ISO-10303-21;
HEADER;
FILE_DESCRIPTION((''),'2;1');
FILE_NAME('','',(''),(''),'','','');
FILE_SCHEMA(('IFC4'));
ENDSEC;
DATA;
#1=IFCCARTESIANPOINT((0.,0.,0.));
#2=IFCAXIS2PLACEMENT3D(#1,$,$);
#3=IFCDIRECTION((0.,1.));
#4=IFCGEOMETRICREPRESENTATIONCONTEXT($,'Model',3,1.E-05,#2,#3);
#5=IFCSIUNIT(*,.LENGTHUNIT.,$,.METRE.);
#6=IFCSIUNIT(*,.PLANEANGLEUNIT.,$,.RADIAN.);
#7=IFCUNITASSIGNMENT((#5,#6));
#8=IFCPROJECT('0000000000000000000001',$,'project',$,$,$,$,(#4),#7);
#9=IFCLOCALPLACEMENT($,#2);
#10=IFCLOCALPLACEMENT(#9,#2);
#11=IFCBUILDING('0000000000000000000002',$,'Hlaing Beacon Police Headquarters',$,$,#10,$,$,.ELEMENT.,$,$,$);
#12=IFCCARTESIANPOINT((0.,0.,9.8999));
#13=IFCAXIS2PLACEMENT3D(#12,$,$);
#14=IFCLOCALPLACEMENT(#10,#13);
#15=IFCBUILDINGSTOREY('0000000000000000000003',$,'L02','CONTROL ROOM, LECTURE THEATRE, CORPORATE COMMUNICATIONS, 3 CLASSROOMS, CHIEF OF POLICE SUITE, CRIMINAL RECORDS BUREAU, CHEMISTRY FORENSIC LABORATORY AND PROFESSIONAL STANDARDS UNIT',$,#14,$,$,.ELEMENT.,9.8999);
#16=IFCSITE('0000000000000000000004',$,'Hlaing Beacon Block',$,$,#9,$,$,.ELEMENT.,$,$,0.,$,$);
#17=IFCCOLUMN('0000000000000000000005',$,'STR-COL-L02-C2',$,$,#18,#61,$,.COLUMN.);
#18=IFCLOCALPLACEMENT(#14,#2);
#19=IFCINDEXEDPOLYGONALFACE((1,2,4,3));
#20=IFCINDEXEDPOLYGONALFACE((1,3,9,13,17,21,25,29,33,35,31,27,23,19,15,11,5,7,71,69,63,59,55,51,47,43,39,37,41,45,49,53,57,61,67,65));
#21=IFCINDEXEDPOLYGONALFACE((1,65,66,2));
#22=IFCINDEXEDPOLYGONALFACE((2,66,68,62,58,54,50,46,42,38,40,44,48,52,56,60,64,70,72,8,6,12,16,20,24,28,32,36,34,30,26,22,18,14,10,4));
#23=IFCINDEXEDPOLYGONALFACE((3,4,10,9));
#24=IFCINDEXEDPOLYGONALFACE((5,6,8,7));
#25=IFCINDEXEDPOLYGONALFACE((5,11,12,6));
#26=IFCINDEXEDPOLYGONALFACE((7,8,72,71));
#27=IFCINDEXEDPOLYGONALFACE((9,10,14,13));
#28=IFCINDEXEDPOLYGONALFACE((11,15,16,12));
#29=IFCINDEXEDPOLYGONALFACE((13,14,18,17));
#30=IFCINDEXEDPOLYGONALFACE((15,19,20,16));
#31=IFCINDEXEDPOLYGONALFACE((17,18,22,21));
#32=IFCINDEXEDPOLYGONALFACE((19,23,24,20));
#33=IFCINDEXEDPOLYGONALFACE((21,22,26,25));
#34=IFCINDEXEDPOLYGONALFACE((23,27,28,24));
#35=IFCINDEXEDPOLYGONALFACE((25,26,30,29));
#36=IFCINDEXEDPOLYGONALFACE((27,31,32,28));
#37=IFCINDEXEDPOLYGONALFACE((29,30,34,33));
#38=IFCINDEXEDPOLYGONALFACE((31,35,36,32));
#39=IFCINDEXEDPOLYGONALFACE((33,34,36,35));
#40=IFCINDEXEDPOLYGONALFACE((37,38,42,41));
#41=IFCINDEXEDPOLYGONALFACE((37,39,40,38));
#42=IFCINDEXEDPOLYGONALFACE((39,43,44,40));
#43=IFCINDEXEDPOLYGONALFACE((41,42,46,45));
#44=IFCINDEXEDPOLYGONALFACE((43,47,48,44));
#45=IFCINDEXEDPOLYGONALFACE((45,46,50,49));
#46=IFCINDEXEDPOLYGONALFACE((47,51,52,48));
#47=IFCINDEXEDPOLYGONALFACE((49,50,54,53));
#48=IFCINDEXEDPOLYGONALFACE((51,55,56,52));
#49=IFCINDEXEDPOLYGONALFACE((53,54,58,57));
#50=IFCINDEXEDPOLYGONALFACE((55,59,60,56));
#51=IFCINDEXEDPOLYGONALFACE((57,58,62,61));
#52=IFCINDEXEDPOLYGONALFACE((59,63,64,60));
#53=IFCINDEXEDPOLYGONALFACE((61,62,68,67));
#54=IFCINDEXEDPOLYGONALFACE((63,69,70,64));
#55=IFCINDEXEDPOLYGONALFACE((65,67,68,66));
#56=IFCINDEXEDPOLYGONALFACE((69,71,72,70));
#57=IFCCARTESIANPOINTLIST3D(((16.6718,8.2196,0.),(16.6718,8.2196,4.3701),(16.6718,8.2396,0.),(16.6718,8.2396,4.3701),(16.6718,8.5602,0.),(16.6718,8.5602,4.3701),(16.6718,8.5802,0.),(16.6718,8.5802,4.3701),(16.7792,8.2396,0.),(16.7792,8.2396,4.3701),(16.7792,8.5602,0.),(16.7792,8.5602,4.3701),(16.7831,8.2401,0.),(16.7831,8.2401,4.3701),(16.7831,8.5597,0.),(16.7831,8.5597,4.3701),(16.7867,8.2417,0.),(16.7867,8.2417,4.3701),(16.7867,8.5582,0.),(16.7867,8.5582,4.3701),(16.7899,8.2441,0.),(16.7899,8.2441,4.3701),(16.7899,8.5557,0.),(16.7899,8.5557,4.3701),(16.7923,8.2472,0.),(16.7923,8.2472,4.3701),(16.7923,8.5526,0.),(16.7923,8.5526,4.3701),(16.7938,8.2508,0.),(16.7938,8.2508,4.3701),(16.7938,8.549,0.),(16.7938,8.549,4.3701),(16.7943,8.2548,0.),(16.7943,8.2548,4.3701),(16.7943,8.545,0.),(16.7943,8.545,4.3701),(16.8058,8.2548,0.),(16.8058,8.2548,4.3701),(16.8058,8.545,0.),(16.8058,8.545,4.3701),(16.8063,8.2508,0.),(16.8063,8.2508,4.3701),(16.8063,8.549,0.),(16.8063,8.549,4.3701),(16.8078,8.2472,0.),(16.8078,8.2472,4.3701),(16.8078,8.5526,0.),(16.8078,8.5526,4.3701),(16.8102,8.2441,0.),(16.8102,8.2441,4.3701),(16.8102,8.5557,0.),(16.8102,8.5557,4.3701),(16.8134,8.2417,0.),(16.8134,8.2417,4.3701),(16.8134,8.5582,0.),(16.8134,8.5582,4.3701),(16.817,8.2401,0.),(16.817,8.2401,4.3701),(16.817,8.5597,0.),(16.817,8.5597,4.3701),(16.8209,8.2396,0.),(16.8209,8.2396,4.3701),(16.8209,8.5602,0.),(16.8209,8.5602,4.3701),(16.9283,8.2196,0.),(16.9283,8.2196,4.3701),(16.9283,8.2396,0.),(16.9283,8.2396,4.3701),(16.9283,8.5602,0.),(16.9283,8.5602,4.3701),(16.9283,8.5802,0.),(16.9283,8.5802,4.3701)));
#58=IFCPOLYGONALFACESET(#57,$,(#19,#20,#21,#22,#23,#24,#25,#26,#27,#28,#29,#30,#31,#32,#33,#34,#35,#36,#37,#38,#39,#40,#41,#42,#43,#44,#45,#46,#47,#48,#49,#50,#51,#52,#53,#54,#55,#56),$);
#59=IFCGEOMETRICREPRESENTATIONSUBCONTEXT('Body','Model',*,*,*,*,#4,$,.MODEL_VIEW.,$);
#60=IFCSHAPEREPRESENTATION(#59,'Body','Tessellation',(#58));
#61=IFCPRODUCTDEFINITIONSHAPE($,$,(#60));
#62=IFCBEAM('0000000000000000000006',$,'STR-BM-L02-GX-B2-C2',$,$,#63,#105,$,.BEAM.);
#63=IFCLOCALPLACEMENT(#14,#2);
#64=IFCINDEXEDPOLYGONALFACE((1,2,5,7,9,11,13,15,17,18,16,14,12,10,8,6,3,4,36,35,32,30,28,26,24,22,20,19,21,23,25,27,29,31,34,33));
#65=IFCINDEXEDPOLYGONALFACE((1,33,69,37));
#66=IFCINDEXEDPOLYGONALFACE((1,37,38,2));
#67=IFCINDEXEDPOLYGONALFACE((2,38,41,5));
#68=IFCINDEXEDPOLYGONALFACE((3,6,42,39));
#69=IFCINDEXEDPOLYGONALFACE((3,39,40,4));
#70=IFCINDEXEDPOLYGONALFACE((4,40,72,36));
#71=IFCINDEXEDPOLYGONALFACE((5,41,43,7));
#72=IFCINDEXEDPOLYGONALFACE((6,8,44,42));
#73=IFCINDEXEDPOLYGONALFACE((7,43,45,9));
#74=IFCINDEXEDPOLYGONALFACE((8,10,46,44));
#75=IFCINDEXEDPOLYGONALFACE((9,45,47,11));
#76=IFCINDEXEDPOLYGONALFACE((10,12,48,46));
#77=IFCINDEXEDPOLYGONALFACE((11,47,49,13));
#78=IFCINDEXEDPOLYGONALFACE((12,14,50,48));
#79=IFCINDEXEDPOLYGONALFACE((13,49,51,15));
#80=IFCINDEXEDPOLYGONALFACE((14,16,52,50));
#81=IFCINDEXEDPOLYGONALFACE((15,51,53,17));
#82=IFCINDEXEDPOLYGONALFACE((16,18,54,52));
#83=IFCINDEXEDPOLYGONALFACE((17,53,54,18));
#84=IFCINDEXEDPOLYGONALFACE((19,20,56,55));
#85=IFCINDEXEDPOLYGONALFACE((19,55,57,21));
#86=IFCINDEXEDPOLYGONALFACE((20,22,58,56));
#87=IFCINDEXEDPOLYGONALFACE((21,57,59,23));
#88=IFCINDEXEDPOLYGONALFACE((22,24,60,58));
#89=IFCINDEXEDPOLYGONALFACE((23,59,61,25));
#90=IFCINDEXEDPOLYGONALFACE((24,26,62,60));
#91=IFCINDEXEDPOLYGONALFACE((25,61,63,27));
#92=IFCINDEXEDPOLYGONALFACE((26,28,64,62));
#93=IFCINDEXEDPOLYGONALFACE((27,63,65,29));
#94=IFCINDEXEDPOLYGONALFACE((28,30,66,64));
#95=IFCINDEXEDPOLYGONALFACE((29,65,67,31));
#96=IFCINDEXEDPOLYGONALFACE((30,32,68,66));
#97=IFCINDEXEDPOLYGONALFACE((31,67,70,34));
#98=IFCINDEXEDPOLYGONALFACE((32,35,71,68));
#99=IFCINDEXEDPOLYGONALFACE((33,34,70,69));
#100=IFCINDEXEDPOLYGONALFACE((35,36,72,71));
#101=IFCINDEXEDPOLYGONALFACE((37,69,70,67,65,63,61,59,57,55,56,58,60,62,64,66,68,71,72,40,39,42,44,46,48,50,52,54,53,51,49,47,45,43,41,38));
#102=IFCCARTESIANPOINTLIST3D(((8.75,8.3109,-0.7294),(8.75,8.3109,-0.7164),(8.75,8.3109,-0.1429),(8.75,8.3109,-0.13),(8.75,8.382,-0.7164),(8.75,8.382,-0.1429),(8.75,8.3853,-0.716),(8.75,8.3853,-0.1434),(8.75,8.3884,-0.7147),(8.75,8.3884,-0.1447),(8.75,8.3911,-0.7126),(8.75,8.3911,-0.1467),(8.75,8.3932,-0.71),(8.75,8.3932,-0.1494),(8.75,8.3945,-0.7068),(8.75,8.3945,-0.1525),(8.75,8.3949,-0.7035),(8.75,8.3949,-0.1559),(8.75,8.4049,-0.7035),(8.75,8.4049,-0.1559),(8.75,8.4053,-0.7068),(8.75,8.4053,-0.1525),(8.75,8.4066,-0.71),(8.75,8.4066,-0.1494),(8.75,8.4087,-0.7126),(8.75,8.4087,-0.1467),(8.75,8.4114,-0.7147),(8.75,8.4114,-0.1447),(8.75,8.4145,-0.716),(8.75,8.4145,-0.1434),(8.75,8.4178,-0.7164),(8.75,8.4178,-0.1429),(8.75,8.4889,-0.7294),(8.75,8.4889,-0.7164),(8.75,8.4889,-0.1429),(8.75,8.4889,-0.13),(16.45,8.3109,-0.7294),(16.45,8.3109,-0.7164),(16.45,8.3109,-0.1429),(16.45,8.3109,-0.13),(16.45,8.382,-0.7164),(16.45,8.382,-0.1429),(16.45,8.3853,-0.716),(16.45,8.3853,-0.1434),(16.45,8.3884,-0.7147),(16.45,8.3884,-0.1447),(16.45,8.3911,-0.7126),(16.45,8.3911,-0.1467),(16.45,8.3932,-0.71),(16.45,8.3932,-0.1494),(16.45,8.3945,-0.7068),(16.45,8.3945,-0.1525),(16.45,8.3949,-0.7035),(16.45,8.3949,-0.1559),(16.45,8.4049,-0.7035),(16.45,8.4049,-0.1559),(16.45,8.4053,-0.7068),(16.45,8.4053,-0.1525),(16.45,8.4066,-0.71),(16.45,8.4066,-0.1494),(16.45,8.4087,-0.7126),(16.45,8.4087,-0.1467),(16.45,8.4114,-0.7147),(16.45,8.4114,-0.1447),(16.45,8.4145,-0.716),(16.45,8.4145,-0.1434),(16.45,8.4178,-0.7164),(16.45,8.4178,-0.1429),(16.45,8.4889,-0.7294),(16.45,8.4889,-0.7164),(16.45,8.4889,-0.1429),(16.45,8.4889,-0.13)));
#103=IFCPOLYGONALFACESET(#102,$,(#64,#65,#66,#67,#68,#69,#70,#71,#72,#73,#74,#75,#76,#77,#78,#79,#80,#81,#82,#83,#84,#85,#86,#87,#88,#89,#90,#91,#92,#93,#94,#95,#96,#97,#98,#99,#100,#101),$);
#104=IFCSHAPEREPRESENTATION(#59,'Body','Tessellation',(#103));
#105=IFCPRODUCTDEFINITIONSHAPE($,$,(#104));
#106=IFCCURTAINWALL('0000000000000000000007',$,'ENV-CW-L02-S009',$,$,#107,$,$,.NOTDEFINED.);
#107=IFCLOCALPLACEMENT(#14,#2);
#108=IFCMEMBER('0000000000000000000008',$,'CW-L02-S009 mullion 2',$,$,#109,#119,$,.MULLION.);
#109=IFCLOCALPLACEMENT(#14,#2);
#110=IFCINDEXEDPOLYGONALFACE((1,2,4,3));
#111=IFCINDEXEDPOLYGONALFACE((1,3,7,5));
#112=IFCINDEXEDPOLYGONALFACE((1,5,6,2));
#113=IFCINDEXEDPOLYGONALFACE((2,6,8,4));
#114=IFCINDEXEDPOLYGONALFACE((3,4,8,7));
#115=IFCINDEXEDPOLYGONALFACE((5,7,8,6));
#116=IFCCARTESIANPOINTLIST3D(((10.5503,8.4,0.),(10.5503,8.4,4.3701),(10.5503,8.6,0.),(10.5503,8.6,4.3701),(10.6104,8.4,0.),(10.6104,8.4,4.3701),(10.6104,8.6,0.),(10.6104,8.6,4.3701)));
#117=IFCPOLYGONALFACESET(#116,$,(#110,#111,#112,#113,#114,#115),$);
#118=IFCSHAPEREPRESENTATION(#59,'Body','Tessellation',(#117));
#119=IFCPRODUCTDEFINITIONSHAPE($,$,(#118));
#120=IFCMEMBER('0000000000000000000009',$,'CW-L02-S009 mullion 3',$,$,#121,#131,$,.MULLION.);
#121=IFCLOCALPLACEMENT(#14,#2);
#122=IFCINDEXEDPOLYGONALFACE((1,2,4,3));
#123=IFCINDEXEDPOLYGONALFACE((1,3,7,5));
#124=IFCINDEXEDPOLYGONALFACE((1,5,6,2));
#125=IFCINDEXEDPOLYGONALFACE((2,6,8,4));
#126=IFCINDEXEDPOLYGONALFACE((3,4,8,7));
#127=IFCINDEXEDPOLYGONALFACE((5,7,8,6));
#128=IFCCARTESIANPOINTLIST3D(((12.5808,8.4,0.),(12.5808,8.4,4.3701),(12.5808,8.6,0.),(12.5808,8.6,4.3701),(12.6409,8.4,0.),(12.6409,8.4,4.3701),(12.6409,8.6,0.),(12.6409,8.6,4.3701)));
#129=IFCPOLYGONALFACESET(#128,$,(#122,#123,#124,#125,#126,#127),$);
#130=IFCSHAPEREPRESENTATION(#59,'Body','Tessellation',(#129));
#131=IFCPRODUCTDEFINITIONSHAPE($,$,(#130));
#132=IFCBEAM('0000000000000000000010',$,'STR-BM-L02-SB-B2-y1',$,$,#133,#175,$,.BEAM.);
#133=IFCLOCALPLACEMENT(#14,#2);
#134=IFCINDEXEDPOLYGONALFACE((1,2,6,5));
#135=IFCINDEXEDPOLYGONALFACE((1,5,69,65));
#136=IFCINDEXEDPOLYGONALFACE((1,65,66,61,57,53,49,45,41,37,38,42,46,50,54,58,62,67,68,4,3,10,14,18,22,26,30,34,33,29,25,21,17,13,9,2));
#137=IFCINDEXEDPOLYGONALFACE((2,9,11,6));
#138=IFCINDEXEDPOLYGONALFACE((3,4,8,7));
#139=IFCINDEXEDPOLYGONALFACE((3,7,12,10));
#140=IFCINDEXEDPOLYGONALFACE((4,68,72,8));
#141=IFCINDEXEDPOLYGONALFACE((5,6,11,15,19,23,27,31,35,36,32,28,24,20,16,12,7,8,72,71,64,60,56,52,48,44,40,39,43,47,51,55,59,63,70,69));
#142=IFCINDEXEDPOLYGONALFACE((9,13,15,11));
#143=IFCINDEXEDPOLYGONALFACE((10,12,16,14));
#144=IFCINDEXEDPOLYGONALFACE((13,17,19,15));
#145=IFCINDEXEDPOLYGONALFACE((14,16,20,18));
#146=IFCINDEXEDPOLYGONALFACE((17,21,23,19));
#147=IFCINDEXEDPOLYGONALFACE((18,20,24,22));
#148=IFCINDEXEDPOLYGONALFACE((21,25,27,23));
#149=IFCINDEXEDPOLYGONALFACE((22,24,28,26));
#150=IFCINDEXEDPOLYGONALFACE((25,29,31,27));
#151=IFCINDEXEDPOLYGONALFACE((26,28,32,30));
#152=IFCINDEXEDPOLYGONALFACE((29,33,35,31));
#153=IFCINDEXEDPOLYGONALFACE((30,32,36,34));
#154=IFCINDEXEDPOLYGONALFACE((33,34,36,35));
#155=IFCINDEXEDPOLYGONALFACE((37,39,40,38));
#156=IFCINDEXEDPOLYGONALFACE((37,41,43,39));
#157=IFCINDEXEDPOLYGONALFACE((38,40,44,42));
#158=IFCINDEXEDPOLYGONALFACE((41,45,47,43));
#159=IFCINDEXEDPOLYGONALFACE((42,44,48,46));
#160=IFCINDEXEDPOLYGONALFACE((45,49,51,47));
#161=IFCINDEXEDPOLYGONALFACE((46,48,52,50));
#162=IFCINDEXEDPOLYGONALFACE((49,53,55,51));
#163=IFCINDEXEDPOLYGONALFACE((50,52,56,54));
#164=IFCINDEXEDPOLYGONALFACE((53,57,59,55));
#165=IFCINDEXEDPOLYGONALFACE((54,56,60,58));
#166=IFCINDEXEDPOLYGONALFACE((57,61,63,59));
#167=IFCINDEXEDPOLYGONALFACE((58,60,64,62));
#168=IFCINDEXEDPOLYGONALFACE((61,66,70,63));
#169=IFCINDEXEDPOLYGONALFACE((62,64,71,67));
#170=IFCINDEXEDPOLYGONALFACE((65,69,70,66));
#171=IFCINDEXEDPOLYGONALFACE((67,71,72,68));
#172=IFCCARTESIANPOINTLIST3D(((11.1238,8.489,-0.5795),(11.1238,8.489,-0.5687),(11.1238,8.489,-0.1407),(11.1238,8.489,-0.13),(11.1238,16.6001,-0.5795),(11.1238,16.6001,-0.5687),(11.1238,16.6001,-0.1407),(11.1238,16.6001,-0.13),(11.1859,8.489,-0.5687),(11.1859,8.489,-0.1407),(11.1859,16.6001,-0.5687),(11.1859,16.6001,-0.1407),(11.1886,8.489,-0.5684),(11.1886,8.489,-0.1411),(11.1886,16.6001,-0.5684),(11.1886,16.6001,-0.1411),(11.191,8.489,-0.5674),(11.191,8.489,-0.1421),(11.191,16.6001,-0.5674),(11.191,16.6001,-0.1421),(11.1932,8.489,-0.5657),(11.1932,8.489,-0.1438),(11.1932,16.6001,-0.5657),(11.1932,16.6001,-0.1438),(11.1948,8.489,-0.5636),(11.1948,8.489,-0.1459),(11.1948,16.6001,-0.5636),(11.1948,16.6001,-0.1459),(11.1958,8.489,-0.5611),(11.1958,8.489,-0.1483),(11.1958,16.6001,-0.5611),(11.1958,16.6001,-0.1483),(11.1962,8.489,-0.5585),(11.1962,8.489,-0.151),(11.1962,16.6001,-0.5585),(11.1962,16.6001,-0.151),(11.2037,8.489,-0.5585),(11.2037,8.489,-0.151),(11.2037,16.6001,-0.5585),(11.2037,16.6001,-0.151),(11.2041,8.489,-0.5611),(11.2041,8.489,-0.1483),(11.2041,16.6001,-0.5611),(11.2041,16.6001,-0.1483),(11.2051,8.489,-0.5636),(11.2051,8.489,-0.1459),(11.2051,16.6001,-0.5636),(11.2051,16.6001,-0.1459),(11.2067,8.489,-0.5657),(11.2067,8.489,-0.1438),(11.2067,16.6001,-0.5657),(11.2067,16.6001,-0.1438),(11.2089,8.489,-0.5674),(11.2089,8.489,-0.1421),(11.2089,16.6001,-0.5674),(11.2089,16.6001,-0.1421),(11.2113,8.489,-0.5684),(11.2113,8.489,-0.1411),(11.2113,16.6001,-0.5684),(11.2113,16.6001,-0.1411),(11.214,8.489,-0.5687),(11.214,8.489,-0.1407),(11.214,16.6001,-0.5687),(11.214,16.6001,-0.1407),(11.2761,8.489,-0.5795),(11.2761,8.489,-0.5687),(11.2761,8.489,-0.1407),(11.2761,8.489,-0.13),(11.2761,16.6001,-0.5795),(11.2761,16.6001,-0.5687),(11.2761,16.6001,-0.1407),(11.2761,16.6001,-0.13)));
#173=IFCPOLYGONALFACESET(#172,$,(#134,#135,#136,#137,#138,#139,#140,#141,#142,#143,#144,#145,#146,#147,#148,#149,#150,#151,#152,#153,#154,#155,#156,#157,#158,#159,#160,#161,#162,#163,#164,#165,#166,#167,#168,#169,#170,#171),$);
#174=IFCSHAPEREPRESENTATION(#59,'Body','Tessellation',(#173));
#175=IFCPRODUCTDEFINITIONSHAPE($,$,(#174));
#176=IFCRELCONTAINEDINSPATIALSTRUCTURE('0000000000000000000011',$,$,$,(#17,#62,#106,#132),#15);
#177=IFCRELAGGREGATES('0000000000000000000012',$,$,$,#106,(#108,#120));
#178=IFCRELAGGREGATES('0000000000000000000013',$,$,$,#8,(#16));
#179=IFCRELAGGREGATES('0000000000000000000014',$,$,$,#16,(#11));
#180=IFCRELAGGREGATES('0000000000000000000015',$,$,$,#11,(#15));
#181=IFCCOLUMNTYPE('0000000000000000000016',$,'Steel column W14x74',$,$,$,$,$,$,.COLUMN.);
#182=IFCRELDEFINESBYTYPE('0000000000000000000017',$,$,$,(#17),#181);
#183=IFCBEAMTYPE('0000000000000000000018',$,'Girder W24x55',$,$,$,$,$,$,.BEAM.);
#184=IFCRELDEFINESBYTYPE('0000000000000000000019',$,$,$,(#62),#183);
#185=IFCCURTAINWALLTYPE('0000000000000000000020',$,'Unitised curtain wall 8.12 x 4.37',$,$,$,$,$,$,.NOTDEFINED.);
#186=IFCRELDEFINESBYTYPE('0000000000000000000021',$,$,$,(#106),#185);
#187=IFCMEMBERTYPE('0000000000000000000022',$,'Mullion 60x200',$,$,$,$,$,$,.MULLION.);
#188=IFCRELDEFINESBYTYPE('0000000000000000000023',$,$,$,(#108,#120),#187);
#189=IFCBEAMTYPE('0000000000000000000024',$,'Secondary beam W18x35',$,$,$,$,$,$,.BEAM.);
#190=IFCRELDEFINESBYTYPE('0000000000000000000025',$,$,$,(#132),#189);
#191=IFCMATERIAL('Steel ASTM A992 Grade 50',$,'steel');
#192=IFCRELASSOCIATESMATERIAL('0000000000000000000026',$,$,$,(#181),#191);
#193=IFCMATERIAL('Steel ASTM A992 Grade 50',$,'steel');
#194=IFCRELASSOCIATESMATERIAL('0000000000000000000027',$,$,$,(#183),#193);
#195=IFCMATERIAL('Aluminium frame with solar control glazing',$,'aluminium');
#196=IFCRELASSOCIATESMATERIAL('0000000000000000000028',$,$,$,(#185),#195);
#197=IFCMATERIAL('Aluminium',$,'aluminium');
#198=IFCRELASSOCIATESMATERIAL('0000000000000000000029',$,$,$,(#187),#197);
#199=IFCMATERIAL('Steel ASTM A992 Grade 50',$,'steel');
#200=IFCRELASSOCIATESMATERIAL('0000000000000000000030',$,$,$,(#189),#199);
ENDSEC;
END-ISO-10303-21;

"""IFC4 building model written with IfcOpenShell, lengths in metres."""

from ifc_helpers import new_model, si_unit, direction, frame, origin, origin_2d, place, context, subcontext, project, spatial, rectangle, i_section, extrude, material, material_profile, profile_set, type_object, element, aggregate, save


model = new_model("IFC4")

# Units and contexts
model_context = context("Model", 3, precision=1e-05, world=origin(), true_north=direction((0.0, 1.0)))
body_context = subcontext(model_context, "Body", "Model", "MODEL_VIEW")
ifc_project = project(units=[si_unit("LENGTHUNIT", "METRE"), si_unit("PLANEANGLEUNIT", "RADIAN")], contexts=[model_context])

# Site, building, storey
site_placement = place(None, origin())
site = spatial("IfcSite", under=ifc_project, at=site_placement, Name="Hlaing Beacon Block", CompositionType="ELEMENT", RefElevation=0.0)
building_placement = place(site_placement, origin())
building = spatial("IfcBuilding", under=site, at=building_placement, Name="Hlaing Beacon Police Headquarters", CompositionType="ELEMENT")
storey_placement = place(building_placement, frame((0.0, 0.0, 9.8999)))
storey = spatial("IfcBuildingStorey", under=building, at=storey_placement, Name="L02", Description="CONTROL ROOM, LECTURE THEATRE, CORPORATE COMMUNICATIONS, 3 CLASSROOMS, CHIEF OF POLICE SUITE, CRIMINAL RECORDS BUREAU, CHEMISTRY FORENSIC LABORATORY AND PROFESSIONAL STANDARDS UNIT", CompositionType="ELEMENT", Elevation=9.8999)

# Column
ifc_material_1 = material(Name="Steel ASTM A992 Grade 50", Category="steel")
ifc_material_profile_1 = material_profile(ifc_material_1, i_section(OverallWidth=0.2566, OverallDepth=0.3606, WebThickness=0.0115, FlangeThickness=0.02, FilletRadius=0.0151, at=origin_2d()), Name="W14x74")
ifc_profile_set_1 = profile_set([ifc_material_profile_1], Name="Steel ASTM A992 Grade 50")
column_type = type_object("IfcColumnType", Name="Steel column W14x74", PredefinedType="COLUMN", material=ifc_profile_set_1)
column_placement = place(storey_placement, frame((16.8, 8.3999, 0.0), z_axis=(0.0, 0.0, 1.0), x_axis=(1.0, 0.0, 0.0)))
element("IfcColumn", 1, at=column_placement, inside=storey, type_object=column_type, Name="STR-COL-L02-C2", PredefinedType="COLUMN", context=body_context, shape_type="SweptSolid", body=[
    extrude(i_section(OverallWidth=0.2566, OverallDepth=0.3606, WebThickness=0.0115, FlangeThickness=0.02, FilletRadius=0.0151, at=origin_2d()), origin(), (0.0, 0.0, 1.0), 4.3701),
])

# Beam
ifc_material_2 = material(Name="Steel ASTM A992 Grade 50", Category="steel")
ifc_material_profile_2 = material_profile(ifc_material_2, i_section(OverallWidth=0.178, OverallDepth=0.5994, WebThickness=0.01, FlangeThickness=0.0129, FilletRadius=0.0129, at=origin_2d()), Name="W24x55")
ifc_profile_set_2 = profile_set([ifc_material_profile_2], Name="Steel ASTM A992 Grade 50")
beam_type_1 = type_object("IfcBeamType", Name="Girder W24x55", PredefinedType="BEAM", material=ifc_profile_set_2)
beam_placement = place(storey_placement, frame((8.75, 8.3999, -0.4297), z_axis=(1.0, 0.0, 0.0), x_axis=(0.0, 1.0, 0.0)))
element("IfcBeam", 2, at=beam_placement, inside=storey, type_object=beam_type_1, Name="STR-BM-L02-GX-B2-C2", PredefinedType="BEAM", context=body_context, shape_type="SweptSolid", body=[
    extrude(i_section(OverallWidth=0.178, OverallDepth=0.5994, WebThickness=0.01, FlangeThickness=0.0129, FilletRadius=0.0129, at=origin_2d()), origin(), (0.0, 0.0, 1.0), 7.7),
])

# Curtain wall, members
ifc_material_3 = material(Name="Aluminium frame with solar control glazing", Category="aluminium")
curtain_wall_type = type_object("IfcCurtainWallType", Name="Unitised curtain wall 8.12 x 4.37", PredefinedType="NOTDEFINED", material=ifc_material_3)
curtain_wall_placement = place(storey_placement, origin())
curtain_wall = element("IfcCurtainWall", 3, at=curtain_wall_placement, inside=storey, type_object=curtain_wall_type, Name="ENV-CW-L02-S009", PredefinedType="NOTDEFINED")
ifc_material_4 = material(Name="Aluminium", Category="aluminium")
ifc_material_profile_3 = material_profile(ifc_material_4, rectangle(XDim=0.2, YDim=0.0601, at=origin_2d()), Name="Mullion 60x200")
ifc_profile_set_3 = profile_set([ifc_material_profile_3], Name="Aluminium")
member_type_1 = type_object("IfcMemberType", Name="Mullion 60x200", PredefinedType="MULLION", material=ifc_profile_set_3)
member_1_placement = place(storey_placement, frame((10.5803, 8.5, 0.0), z_axis=(0.0, 0.0, 1.0), x_axis=(0.0, 1.0, 0.0)))
member_1 = element("IfcMember", 4, at=member_1_placement, type_object=member_type_1, Name="CW-L02-S009 mullion 2", PredefinedType="MULLION", context=body_context, shape_type="SweptSolid", body=[
    extrude(rectangle(XDim=0.2, YDim=0.0601, at=origin_2d()), origin(), (0.0, 0.0, 1.0), 4.3701),
])
member_2_placement = place(storey_placement, frame((12.6108, 8.5, 0.0), z_axis=(0.0, 0.0, 1.0), x_axis=(0.0, 1.0, 0.0)))
member_2 = element("IfcMember", 5, at=member_2_placement, type_object=member_type_1, Name="CW-L02-S009 mullion 3", PredefinedType="MULLION", context=body_context, shape_type="SweptSolid", body=[
    extrude(rectangle(XDim=0.2, YDim=0.0601, at=origin_2d()), origin(), (0.0, 0.0, 1.0), 4.3701),
])

# Beam
ifc_material_5 = material(Name="Steel ASTM A992 Grade 50", Category="steel")
ifc_material_profile_4 = material_profile(ifc_material_5, i_section(OverallWidth=0.1523, OverallDepth=0.4495, WebThickness=0.0076, FlangeThickness=0.0107, FilletRadius=0.0103, at=origin_2d()), Name="W18x35")
ifc_profile_set_4 = profile_set([ifc_material_profile_4], Name="Steel ASTM A992 Grade 50")
beam_type_2 = type_object("IfcBeamType", Name="Secondary beam W18x35", PredefinedType="BEAM", material=ifc_profile_set_4)
for number, where, z_axis, x_axis, name in (
    (6, (11.2, 8.489, -0.3547), (0.0, 1.0, 0.0), (-1.0, 0.0, 0.0), "STR-BM-L02-SB-B2-y1"),
):
    element("IfcBeam", number, at=place(storey_placement, frame(where, z_axis=z_axis, x_axis=x_axis)), inside=storey, type_object=beam_type_2, Name=name, PredefinedType="BEAM", context=body_context, shape_type="SweptSolid", body=[
        extrude(i_section(OverallWidth=0.1523, OverallDepth=0.4495, WebThickness=0.0076, FlangeThickness=0.0107, FilletRadius=0.0103, at=origin_2d()), origin(), (0.0, 0.0, 1.0), 8.1111),
    ])

aggregate(curtain_wall, [member_1, member_2])

save(model, "model.ifc")
